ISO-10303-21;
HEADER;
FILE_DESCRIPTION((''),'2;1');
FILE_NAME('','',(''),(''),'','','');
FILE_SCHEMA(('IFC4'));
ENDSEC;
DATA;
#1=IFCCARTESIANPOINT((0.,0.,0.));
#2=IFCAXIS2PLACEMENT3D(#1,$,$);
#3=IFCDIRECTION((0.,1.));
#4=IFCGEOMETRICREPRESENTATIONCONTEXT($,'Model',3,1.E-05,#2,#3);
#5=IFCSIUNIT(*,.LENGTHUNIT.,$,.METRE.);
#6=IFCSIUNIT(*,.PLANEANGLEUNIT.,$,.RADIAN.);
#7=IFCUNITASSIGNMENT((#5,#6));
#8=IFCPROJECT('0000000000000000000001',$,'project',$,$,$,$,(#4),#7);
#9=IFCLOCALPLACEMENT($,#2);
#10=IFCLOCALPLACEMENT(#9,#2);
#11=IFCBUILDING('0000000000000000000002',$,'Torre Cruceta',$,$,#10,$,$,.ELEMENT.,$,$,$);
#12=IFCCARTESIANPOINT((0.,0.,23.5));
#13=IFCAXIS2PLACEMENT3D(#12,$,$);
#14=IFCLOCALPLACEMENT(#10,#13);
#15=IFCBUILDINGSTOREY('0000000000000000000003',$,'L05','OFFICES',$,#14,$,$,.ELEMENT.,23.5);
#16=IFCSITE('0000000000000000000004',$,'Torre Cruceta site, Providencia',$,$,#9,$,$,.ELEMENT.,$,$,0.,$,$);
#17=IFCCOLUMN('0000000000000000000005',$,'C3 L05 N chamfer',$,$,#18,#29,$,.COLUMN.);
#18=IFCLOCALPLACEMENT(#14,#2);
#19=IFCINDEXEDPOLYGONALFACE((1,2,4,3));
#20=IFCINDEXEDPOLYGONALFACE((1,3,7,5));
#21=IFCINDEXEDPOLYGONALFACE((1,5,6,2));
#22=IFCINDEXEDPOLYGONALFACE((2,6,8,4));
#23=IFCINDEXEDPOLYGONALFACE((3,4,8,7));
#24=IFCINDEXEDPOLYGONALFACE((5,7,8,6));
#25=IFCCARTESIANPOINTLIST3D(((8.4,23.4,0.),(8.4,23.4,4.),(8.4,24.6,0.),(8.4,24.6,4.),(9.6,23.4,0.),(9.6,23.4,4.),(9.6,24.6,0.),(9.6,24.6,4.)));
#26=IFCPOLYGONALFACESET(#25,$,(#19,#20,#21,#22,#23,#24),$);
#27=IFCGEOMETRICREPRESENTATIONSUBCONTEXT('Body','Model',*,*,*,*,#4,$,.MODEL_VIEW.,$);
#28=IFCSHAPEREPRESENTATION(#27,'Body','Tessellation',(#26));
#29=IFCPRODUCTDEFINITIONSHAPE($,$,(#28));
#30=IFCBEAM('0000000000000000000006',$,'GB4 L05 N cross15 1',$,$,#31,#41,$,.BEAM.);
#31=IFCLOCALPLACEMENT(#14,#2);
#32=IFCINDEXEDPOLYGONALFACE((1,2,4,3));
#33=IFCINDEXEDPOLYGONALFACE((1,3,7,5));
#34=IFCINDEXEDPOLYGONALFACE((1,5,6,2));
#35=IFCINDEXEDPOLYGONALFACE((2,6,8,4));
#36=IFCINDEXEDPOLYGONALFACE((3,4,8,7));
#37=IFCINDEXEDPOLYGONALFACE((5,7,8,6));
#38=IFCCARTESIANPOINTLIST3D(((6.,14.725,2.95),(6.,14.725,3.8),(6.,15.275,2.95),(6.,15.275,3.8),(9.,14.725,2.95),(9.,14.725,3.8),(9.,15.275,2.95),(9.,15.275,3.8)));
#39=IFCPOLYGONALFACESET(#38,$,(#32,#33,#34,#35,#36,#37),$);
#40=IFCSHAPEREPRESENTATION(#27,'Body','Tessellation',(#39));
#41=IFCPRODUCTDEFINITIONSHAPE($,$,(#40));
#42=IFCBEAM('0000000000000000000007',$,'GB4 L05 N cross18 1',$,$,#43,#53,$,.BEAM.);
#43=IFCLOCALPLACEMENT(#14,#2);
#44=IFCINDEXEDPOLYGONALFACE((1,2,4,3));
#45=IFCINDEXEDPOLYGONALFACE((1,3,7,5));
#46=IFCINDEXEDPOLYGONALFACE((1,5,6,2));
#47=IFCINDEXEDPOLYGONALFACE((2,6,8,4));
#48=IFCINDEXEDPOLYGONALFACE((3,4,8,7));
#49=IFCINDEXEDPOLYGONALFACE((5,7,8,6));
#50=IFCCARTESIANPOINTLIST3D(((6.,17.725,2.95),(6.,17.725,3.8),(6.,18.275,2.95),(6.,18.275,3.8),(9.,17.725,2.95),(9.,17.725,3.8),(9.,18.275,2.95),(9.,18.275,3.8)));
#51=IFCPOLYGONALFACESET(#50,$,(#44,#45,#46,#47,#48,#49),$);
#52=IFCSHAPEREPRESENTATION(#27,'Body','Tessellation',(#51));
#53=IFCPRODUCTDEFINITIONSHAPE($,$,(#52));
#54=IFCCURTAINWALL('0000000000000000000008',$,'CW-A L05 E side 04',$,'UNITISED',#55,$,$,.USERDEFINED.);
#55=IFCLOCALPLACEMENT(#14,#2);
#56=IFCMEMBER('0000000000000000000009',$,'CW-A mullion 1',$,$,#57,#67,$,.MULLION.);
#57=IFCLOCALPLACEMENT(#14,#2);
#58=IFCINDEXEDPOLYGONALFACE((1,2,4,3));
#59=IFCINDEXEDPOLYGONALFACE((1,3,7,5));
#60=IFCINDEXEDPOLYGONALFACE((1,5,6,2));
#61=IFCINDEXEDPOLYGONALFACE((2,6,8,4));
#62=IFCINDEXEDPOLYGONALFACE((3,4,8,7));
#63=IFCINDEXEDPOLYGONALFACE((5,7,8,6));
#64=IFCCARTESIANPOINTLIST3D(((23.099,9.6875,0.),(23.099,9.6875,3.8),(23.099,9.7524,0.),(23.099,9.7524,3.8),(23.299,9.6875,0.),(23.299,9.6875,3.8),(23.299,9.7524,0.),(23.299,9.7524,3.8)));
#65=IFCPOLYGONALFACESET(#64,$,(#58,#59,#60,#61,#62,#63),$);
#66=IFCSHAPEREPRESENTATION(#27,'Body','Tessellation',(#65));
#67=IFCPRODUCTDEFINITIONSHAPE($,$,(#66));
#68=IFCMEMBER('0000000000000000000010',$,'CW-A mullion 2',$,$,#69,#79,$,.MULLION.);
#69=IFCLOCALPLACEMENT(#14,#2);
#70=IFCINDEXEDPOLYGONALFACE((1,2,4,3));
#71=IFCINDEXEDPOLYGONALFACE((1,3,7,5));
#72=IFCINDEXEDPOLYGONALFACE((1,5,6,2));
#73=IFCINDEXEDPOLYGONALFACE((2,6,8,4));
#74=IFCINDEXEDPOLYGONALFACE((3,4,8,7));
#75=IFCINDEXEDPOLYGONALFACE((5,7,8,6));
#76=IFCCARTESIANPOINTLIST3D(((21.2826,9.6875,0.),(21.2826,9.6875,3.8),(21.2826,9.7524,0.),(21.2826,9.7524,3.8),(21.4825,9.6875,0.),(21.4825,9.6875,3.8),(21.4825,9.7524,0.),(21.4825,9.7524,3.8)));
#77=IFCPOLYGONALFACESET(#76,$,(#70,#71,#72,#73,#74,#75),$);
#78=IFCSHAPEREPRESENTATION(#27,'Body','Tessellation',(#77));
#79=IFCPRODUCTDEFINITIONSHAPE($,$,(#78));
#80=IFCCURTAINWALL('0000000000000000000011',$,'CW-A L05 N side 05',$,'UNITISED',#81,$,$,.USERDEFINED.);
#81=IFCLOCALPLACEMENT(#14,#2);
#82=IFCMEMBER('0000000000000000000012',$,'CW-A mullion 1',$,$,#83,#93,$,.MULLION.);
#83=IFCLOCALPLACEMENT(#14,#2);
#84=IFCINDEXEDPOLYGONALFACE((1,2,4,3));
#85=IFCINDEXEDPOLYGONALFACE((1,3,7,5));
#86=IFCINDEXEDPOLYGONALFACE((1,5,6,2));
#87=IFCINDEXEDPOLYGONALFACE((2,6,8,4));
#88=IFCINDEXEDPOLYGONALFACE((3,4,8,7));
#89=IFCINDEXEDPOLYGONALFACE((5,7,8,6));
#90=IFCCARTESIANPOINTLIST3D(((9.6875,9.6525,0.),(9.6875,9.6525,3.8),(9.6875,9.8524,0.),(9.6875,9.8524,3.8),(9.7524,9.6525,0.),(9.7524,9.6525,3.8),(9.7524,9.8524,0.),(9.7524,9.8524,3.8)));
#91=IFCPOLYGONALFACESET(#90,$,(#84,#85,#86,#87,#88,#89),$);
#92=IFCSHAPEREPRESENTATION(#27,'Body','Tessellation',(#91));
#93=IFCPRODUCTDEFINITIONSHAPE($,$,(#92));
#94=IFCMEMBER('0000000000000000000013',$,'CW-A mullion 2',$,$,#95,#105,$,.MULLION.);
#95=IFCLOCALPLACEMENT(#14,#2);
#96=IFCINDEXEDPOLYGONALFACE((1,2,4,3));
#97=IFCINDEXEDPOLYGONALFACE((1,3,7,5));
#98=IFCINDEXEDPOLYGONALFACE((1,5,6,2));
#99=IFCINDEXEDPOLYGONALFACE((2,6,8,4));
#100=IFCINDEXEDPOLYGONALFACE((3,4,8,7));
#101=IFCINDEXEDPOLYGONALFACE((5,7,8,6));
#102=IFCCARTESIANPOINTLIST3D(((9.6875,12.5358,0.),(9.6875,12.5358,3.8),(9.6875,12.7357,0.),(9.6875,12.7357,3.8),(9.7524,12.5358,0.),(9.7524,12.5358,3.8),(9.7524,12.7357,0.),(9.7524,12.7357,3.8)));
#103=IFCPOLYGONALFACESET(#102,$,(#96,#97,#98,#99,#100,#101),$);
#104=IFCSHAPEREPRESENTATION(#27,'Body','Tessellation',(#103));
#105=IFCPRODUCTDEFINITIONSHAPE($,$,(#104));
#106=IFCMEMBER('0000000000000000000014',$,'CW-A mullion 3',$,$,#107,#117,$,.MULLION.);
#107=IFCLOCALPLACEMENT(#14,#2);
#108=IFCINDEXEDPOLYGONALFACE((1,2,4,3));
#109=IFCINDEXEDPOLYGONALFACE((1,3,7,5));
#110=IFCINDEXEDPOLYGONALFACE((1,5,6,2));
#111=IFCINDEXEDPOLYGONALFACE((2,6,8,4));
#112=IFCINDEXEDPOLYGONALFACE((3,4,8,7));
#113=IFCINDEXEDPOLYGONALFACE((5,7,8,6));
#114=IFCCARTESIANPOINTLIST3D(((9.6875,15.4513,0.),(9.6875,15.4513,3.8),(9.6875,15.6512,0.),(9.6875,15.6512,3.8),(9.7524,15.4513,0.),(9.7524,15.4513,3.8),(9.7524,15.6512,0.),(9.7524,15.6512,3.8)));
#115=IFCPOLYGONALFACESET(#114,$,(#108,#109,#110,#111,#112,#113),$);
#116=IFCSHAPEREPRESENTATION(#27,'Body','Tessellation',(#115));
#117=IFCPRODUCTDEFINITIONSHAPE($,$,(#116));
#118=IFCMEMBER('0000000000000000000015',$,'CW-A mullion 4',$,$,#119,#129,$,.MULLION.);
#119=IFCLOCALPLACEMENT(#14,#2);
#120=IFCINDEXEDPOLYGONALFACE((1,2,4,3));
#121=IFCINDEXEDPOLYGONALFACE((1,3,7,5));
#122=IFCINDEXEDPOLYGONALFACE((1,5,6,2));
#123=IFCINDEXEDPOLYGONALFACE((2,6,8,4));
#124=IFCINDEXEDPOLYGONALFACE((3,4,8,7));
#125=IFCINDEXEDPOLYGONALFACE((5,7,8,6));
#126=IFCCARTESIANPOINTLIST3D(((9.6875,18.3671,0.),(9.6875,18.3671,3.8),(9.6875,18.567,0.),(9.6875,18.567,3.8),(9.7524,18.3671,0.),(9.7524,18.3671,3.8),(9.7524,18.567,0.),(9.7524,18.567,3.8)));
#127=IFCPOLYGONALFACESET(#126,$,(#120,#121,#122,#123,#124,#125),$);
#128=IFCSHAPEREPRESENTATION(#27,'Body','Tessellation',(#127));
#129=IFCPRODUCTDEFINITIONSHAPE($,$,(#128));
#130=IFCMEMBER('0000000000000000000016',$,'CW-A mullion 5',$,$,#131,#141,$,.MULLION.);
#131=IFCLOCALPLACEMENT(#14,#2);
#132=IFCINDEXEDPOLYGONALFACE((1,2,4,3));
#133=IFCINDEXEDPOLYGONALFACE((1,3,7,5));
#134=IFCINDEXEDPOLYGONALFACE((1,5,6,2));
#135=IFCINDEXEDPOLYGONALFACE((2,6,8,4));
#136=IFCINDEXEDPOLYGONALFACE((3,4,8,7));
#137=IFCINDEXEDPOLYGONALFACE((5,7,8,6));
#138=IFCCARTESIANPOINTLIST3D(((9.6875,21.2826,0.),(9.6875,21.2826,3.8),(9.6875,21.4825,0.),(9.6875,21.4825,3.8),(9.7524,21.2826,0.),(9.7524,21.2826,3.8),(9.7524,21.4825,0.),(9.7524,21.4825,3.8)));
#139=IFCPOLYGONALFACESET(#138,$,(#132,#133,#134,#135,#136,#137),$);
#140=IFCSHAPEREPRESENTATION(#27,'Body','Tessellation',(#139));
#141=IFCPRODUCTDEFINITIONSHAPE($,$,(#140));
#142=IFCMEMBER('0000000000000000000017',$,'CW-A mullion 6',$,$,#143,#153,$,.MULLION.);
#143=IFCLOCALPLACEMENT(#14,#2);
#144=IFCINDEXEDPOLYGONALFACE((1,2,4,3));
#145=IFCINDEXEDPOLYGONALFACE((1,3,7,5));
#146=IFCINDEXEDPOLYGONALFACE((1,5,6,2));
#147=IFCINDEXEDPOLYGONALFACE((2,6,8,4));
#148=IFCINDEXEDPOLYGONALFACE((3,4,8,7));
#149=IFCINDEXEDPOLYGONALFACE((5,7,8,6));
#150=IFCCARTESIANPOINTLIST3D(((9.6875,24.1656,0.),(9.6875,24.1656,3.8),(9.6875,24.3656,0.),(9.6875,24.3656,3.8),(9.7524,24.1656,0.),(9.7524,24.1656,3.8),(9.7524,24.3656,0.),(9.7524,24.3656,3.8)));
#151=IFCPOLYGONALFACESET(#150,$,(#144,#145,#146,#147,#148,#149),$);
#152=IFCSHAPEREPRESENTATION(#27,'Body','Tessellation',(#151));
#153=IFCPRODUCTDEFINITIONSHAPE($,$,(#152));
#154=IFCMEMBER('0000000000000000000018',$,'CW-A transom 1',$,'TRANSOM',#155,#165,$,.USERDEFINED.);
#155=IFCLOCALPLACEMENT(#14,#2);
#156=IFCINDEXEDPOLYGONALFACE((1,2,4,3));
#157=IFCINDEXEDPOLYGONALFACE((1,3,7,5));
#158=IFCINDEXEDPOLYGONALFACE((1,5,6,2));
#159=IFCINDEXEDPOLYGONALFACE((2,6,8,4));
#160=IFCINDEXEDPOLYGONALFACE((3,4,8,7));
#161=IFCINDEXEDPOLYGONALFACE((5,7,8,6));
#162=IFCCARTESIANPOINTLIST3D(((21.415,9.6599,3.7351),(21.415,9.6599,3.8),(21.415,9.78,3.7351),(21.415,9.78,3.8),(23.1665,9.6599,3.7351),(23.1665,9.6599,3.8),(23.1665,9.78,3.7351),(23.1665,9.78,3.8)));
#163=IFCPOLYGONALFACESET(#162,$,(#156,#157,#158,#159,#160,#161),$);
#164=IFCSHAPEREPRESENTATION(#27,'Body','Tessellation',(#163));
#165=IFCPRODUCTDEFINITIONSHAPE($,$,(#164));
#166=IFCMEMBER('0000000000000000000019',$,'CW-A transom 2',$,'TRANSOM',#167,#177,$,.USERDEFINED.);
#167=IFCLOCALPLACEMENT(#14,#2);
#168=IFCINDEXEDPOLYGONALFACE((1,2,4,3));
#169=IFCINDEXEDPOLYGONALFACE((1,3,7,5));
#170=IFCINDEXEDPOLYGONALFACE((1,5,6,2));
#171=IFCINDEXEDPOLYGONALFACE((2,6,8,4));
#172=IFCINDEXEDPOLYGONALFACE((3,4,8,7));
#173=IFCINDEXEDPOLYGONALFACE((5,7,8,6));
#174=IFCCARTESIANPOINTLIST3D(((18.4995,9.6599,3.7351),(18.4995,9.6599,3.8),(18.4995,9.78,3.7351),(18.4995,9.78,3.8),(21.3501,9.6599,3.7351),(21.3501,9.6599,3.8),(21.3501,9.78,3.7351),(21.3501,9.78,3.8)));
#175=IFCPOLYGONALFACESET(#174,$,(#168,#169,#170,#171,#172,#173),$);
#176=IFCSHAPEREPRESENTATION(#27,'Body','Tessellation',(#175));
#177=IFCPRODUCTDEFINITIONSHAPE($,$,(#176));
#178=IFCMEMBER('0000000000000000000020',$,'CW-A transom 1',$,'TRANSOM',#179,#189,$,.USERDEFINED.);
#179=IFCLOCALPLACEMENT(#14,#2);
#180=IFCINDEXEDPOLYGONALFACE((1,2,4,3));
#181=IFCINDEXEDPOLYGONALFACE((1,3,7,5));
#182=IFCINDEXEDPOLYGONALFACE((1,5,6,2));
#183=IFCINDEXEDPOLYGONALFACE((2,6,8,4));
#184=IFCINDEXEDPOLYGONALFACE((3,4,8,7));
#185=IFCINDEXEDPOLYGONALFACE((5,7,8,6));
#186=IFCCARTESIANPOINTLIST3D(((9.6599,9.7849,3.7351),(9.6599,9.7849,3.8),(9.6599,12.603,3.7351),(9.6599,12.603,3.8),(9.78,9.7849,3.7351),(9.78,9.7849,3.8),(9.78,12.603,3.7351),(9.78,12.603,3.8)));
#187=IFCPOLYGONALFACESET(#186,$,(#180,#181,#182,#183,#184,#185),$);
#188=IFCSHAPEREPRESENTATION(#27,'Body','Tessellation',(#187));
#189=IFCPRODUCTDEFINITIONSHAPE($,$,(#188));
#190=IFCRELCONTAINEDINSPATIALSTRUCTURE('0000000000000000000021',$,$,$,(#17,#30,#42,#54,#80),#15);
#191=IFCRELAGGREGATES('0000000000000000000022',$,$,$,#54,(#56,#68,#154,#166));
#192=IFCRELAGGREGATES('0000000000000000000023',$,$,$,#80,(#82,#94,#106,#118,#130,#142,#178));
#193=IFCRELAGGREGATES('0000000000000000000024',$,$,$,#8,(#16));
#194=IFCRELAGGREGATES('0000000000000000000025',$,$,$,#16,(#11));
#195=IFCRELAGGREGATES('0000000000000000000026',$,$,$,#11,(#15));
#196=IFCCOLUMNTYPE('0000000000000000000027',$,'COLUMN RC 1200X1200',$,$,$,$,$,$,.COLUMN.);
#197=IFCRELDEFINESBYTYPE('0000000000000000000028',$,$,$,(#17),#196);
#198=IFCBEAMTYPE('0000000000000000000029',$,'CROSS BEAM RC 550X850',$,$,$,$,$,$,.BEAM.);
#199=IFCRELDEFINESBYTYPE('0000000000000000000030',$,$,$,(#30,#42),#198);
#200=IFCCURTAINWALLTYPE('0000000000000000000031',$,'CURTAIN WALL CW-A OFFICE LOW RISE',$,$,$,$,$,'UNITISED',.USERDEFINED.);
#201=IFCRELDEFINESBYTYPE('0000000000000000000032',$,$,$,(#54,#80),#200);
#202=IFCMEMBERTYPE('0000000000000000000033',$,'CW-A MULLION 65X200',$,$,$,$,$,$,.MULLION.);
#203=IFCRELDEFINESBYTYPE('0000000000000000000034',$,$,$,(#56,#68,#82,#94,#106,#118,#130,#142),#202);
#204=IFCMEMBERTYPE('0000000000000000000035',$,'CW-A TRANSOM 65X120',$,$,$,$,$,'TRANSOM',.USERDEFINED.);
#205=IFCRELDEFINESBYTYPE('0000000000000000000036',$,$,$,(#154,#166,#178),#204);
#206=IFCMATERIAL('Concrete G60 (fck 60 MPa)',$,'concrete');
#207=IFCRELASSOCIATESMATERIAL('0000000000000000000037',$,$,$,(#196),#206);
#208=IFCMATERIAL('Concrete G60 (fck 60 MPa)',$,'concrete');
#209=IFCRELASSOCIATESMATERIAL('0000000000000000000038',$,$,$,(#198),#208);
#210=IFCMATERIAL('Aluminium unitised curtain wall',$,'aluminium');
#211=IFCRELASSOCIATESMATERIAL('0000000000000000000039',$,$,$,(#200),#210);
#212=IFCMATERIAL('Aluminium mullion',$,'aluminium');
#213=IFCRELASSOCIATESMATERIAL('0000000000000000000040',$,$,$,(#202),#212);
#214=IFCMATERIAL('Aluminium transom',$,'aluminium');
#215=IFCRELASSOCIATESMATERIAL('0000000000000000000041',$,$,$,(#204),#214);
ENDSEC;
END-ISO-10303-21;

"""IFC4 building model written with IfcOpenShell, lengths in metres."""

from ifc_helpers import new_model, si_unit, direction, frame, origin, origin_2d, place, context, subcontext, project, spatial, rectangle, extrude, material, material_profile, profile_set, type_object, element, aggregate, save


model = new_model("IFC4")

# Units and contexts
model_context = context("Model", 3, precision=1e-05, world=origin(), true_north=direction((0.0, 1.0)))
body_context = subcontext(model_context, "Body", "Model", "MODEL_VIEW")
ifc_project = project(units=[si_unit("LENGTHUNIT", "METRE"), si_unit("PLANEANGLEUNIT", "RADIAN")], contexts=[model_context])

# Site, building, storey
site_placement = place(None, origin())
site = spatial("IfcSite", under=ifc_project, at=site_placement, Name="Torre Cruceta site, Providencia", CompositionType="ELEMENT", RefElevation=0.0)
building_placement = place(site_placement, origin())
building = spatial("IfcBuilding", under=site, at=building_placement, Name="Torre Cruceta", CompositionType="ELEMENT")
storey_placement = place(building_placement, frame((0.0, 0.0, 23.5)))
storey = spatial("IfcBuildingStorey", under=building, at=storey_placement, Name="L05", Description="OFFICES", CompositionType="ELEMENT", Elevation=23.5)

# Column
ifc_material_1 = material(Name="Concrete G60 (fck 60 MPa)", Category="concrete")
ifc_material_profile_1 = material_profile(ifc_material_1, rectangle(XDim=1.2, YDim=1.2, at=origin_2d()), Name="RC 1200X1200")
ifc_profile_set_1 = profile_set([ifc_material_profile_1], Name="Concrete G60 (fck 60 MPa)")
column_type = type_object("IfcColumnType", Name="COLUMN RC 1200X1200", PredefinedType="COLUMN", material=ifc_profile_set_1)
column_placement = place(storey_placement, frame((9.0, 24.0, 0.0), z_axis=(0.0, 0.0, 1.0), x_axis=(1.0, 0.0, 0.0)))
element("IfcColumn", 1, at=column_placement, inside=storey, type_object=column_type, Name="C3 L05 N chamfer", PredefinedType="COLUMN", context=body_context, shape_type="SweptSolid", body=[
    extrude(rectangle(XDim=1.2, YDim=1.2, at=origin_2d()), origin(), (0.0, 0.0, 1.0), 4.0),
])

# Beams
ifc_material_2 = material(Name="Concrete G60 (fck 60 MPa)", Category="concrete")
ifc_material_profile_2 = material_profile(ifc_material_2, rectangle(XDim=0.55, YDim=0.8501, at=origin_2d()), Name="RC 550X850")
ifc_profile_set_2 = profile_set([ifc_material_profile_2], Name="Concrete G60 (fck 60 MPa)")
beam_type_1 = type_object("IfcBeamType", Name="CROSS BEAM RC 550X850", PredefinedType="BEAM", material=ifc_profile_set_2)
for number, where, z_axis, x_axis, name in (
    (2, (9.0, 15.0, 3.375), (-1.0, 0.0, 0.0), (0.0, -1.0, 0.0), "GB4 L05 N cross15 1"),
    (3, (9.0, 18.0, 3.375), (-1.0, 0.0, 0.0), (0.0, -1.0, 0.0), "GB4 L05 N cross18 1"),
):
    element("IfcBeam", number, at=place(storey_placement, frame(where, z_axis=z_axis, x_axis=x_axis)), inside=storey, type_object=beam_type_1, Name=name, PredefinedType="BEAM", context=body_context, shape_type="SweptSolid", body=[
        extrude(rectangle(XDim=0.55, YDim=0.8501, at=origin_2d()), origin(), (0.0, 0.0, 1.0), 3.0),
    ])

# Curtain walls, members
ifc_material_3 = material(Name="Aluminium unitised curtain wall", Category="aluminium")
curtain_wall_type = type_object("IfcCurtainWallType", Name="CURTAIN WALL CW-A OFFICE LOW RISE", ElementType="UNITISED", PredefinedType="USERDEFINED", material=ifc_material_3)
curtain_wall_1_placement = place(storey_placement, origin())
curtain_wall_1 = element("IfcCurtainWall", 4, at=curtain_wall_1_placement, inside=storey, type_object=curtain_wall_type, Name="CW-A L05 E side 04", ObjectType="UNITISED", PredefinedType="USERDEFINED")
ifc_material_4 = material(Name="Aluminium mullion", Category="aluminium")
ifc_material_profile_3 = material_profile(ifc_material_4, rectangle(XDim=0.0649, YDim=0.2, at=origin_2d()), Name="AL 65X200")
ifc_profile_set_3 = profile_set([ifc_material_profile_3], Name="Aluminium mullion")
member_type_1 = type_object("IfcMemberType", Name="CW-A MULLION 65X200", PredefinedType="MULLION", material=ifc_profile_set_3)
member_1_placement = place(storey_placement, frame((23.199, 9.72, 0.0), z_axis=(0.0, 0.0, 1.0), x_axis=(0.0, -1.0, 0.0)))
member_1 = element("IfcMember", 5, at=member_1_placement, type_object=member_type_1, Name="CW-A mullion 1", PredefinedType="MULLION", context=body_context, shape_type="SweptSolid", body=[
    extrude(rectangle(XDim=0.0649, YDim=0.2, at=origin_2d()), origin(), (0.0, 0.0, 1.0), 3.8),
])
member_2_placement = place(storey_placement, frame((21.3826, 9.72, 0.0), z_axis=(0.0, 0.0, 1.0), x_axis=(0.0, -1.0, 0.0)))
member_2 = element("IfcMember", 6, at=member_2_placement, type_object=member_type_1, Name="CW-A mullion 2", PredefinedType="MULLION", context=body_context, shape_type="SweptSolid", body=[
    extrude(rectangle(XDim=0.0649, YDim=0.2, at=origin_2d()), origin(), (0.0, 0.0, 1.0), 3.8),
])
curtain_wall_2_placement = place(storey_placement, origin())
curtain_wall_2 = element("IfcCurtainWall", 7, at=curtain_wall_2_placement, inside=storey, type_object=curtain_wall_type, Name="CW-A L05 N side 05", ObjectType="UNITISED", PredefinedType="USERDEFINED")
member_3_placement = place(storey_placement, frame((9.72, 9.7524, 0.0), z_axis=(0.0, 0.0, 1.0), x_axis=(-1.0, 0.0, 0.0)))
member_3 = element("IfcMember", 8, at=member_3_placement, type_object=member_type_1, Name="CW-A mullion 1", PredefinedType="MULLION", context=body_context, shape_type="SweptSolid", body=[
    extrude(rectangle(XDim=0.0649, YDim=0.2, at=origin_2d()), origin(), (0.0, 0.0, 1.0), 3.8),
])
member_4_placement = place(storey_placement, frame((9.72, 12.6357, 0.0), z_axis=(0.0, 0.0, 1.0), x_axis=(-1.0, 0.0, 0.0)))
member_4 = element("IfcMember", 9, at=member_4_placement, type_object=member_type_1, Name="CW-A mullion 2", PredefinedType="MULLION", context=body_context, shape_type="SweptSolid", body=[
    extrude(rectangle(XDim=0.0649, YDim=0.2, at=origin_2d()), origin(), (0.0, 0.0, 1.0), 3.8),
])
member_5_placement = place(storey_placement, frame((9.72, 15.5513, 0.0), z_axis=(0.0, 0.0, 1.0), x_axis=(-1.0, 0.0, 0.0)))
member_5 = element("IfcMember", 10, at=member_5_placement, type_object=member_type_1, Name="CW-A mullion 3", PredefinedType="MULLION", context=body_context, shape_type="SweptSolid", body=[
    extrude(rectangle(XDim=0.0649, YDim=0.2, at=origin_2d()), origin(), (0.0, 0.0, 1.0), 3.8),
])
member_6_placement = place(storey_placement, frame((9.72, 18.467, 0.0), z_axis=(0.0, 0.0, 1.0), x_axis=(-1.0, 0.0, 0.0)))
member_6 = element("IfcMember", 11, at=member_6_placement, type_object=member_type_1, Name="CW-A mullion 4", PredefinedType="MULLION", context=body_context, shape_type="SweptSolid", body=[
    extrude(rectangle(XDim=0.0649, YDim=0.2, at=origin_2d()), origin(), (0.0, 0.0, 1.0), 3.8),
])
member_7_placement = place(storey_placement, frame((9.72, 21.3826, 0.0), z_axis=(0.0, 0.0, 1.0), x_axis=(-1.0, 0.0, 0.0)))
member_7 = element("IfcMember", 12, at=member_7_placement, type_object=member_type_1, Name="CW-A mullion 5", PredefinedType="MULLION", context=body_context, shape_type="SweptSolid", body=[
    extrude(rectangle(XDim=0.0649, YDim=0.2, at=origin_2d()), origin(), (0.0, 0.0, 1.0), 3.8),
])
member_8_placement = place(storey_placement, frame((9.72, 24.2656, 0.0), z_axis=(0.0, 0.0, 1.0), x_axis=(-1.0, 0.0, 0.0)))
member_8 = element("IfcMember", 13, at=member_8_placement, type_object=member_type_1, Name="CW-A mullion 6", PredefinedType="MULLION", context=body_context, shape_type="SweptSolid", body=[
    extrude(rectangle(XDim=0.0649, YDim=0.2, at=origin_2d()), origin(), (0.0, 0.0, 1.0), 3.8),
])

# Members
ifc_material_5 = material(Name="Aluminium transom", Category="aluminium")
ifc_material_profile_4 = material_profile(ifc_material_5, rectangle(XDim=0.1201, YDim=0.0649, at=origin_2d()), Name="AL 120X65")
ifc_profile_set_4 = profile_set([ifc_material_profile_4], Name="Aluminium transom")
member_type_2 = type_object("IfcMemberType", Name="CW-A TRANSOM 65X120", ElementType="TRANSOM", PredefinedType="USERDEFINED", material=ifc_profile_set_4)
member_9_placement = place(storey_placement, frame((23.1665, 9.72, 3.7676), z_axis=(-1.0, 0.0, 0.0), x_axis=(0.0, -1.0, 0.0)))
member_9 = element("IfcMember", 14, at=member_9_placement, type_object=member_type_2, Name="CW-A transom 1", ObjectType="TRANSOM", PredefinedType="USERDEFINED", context=body_context, shape_type="SweptSolid", body=[
    extrude(rectangle(XDim=0.1201, YDim=0.0649, at=origin_2d()), origin(), (0.0, 0.0, 1.0), 1.7515),
])
member_10_placement = place(storey_placement, frame((21.3501, 9.72, 3.7676), z_axis=(-1.0, 0.0, 0.0), x_axis=(0.0, -1.0, 0.0)))
member_10 = element("IfcMember", 15, at=member_10_placement, type_object=member_type_2, Name="CW-A transom 2", ObjectType="TRANSOM", PredefinedType="USERDEFINED", context=body_context, shape_type="SweptSolid", body=[
    extrude(rectangle(XDim=0.1201, YDim=0.0649, at=origin_2d()), origin(), (0.0, 0.0, 1.0), 2.8506),
])
member_11_placement = place(storey_placement, frame((9.72, 9.7849, 3.7676), z_axis=(0.0, 1.0, 0.0), x_axis=(-1.0, 0.0, 0.0)))
member_11 = element("IfcMember", 16, at=member_11_placement, type_object=member_type_2, Name="CW-A transom 1", ObjectType="TRANSOM", PredefinedType="USERDEFINED", context=body_context, shape_type="SweptSolid", body=[
    extrude(rectangle(XDim=0.1201, YDim=0.0649, at=origin_2d()), origin(), (0.0, 0.0, 1.0), 2.8181),
])

aggregate(curtain_wall_1, [member_1, member_2, member_9, member_10])
aggregate(curtain_wall_2, [member_3, member_4, member_5, member_6, member_7, member_8, member_11])

save(model, "model.ifc")
